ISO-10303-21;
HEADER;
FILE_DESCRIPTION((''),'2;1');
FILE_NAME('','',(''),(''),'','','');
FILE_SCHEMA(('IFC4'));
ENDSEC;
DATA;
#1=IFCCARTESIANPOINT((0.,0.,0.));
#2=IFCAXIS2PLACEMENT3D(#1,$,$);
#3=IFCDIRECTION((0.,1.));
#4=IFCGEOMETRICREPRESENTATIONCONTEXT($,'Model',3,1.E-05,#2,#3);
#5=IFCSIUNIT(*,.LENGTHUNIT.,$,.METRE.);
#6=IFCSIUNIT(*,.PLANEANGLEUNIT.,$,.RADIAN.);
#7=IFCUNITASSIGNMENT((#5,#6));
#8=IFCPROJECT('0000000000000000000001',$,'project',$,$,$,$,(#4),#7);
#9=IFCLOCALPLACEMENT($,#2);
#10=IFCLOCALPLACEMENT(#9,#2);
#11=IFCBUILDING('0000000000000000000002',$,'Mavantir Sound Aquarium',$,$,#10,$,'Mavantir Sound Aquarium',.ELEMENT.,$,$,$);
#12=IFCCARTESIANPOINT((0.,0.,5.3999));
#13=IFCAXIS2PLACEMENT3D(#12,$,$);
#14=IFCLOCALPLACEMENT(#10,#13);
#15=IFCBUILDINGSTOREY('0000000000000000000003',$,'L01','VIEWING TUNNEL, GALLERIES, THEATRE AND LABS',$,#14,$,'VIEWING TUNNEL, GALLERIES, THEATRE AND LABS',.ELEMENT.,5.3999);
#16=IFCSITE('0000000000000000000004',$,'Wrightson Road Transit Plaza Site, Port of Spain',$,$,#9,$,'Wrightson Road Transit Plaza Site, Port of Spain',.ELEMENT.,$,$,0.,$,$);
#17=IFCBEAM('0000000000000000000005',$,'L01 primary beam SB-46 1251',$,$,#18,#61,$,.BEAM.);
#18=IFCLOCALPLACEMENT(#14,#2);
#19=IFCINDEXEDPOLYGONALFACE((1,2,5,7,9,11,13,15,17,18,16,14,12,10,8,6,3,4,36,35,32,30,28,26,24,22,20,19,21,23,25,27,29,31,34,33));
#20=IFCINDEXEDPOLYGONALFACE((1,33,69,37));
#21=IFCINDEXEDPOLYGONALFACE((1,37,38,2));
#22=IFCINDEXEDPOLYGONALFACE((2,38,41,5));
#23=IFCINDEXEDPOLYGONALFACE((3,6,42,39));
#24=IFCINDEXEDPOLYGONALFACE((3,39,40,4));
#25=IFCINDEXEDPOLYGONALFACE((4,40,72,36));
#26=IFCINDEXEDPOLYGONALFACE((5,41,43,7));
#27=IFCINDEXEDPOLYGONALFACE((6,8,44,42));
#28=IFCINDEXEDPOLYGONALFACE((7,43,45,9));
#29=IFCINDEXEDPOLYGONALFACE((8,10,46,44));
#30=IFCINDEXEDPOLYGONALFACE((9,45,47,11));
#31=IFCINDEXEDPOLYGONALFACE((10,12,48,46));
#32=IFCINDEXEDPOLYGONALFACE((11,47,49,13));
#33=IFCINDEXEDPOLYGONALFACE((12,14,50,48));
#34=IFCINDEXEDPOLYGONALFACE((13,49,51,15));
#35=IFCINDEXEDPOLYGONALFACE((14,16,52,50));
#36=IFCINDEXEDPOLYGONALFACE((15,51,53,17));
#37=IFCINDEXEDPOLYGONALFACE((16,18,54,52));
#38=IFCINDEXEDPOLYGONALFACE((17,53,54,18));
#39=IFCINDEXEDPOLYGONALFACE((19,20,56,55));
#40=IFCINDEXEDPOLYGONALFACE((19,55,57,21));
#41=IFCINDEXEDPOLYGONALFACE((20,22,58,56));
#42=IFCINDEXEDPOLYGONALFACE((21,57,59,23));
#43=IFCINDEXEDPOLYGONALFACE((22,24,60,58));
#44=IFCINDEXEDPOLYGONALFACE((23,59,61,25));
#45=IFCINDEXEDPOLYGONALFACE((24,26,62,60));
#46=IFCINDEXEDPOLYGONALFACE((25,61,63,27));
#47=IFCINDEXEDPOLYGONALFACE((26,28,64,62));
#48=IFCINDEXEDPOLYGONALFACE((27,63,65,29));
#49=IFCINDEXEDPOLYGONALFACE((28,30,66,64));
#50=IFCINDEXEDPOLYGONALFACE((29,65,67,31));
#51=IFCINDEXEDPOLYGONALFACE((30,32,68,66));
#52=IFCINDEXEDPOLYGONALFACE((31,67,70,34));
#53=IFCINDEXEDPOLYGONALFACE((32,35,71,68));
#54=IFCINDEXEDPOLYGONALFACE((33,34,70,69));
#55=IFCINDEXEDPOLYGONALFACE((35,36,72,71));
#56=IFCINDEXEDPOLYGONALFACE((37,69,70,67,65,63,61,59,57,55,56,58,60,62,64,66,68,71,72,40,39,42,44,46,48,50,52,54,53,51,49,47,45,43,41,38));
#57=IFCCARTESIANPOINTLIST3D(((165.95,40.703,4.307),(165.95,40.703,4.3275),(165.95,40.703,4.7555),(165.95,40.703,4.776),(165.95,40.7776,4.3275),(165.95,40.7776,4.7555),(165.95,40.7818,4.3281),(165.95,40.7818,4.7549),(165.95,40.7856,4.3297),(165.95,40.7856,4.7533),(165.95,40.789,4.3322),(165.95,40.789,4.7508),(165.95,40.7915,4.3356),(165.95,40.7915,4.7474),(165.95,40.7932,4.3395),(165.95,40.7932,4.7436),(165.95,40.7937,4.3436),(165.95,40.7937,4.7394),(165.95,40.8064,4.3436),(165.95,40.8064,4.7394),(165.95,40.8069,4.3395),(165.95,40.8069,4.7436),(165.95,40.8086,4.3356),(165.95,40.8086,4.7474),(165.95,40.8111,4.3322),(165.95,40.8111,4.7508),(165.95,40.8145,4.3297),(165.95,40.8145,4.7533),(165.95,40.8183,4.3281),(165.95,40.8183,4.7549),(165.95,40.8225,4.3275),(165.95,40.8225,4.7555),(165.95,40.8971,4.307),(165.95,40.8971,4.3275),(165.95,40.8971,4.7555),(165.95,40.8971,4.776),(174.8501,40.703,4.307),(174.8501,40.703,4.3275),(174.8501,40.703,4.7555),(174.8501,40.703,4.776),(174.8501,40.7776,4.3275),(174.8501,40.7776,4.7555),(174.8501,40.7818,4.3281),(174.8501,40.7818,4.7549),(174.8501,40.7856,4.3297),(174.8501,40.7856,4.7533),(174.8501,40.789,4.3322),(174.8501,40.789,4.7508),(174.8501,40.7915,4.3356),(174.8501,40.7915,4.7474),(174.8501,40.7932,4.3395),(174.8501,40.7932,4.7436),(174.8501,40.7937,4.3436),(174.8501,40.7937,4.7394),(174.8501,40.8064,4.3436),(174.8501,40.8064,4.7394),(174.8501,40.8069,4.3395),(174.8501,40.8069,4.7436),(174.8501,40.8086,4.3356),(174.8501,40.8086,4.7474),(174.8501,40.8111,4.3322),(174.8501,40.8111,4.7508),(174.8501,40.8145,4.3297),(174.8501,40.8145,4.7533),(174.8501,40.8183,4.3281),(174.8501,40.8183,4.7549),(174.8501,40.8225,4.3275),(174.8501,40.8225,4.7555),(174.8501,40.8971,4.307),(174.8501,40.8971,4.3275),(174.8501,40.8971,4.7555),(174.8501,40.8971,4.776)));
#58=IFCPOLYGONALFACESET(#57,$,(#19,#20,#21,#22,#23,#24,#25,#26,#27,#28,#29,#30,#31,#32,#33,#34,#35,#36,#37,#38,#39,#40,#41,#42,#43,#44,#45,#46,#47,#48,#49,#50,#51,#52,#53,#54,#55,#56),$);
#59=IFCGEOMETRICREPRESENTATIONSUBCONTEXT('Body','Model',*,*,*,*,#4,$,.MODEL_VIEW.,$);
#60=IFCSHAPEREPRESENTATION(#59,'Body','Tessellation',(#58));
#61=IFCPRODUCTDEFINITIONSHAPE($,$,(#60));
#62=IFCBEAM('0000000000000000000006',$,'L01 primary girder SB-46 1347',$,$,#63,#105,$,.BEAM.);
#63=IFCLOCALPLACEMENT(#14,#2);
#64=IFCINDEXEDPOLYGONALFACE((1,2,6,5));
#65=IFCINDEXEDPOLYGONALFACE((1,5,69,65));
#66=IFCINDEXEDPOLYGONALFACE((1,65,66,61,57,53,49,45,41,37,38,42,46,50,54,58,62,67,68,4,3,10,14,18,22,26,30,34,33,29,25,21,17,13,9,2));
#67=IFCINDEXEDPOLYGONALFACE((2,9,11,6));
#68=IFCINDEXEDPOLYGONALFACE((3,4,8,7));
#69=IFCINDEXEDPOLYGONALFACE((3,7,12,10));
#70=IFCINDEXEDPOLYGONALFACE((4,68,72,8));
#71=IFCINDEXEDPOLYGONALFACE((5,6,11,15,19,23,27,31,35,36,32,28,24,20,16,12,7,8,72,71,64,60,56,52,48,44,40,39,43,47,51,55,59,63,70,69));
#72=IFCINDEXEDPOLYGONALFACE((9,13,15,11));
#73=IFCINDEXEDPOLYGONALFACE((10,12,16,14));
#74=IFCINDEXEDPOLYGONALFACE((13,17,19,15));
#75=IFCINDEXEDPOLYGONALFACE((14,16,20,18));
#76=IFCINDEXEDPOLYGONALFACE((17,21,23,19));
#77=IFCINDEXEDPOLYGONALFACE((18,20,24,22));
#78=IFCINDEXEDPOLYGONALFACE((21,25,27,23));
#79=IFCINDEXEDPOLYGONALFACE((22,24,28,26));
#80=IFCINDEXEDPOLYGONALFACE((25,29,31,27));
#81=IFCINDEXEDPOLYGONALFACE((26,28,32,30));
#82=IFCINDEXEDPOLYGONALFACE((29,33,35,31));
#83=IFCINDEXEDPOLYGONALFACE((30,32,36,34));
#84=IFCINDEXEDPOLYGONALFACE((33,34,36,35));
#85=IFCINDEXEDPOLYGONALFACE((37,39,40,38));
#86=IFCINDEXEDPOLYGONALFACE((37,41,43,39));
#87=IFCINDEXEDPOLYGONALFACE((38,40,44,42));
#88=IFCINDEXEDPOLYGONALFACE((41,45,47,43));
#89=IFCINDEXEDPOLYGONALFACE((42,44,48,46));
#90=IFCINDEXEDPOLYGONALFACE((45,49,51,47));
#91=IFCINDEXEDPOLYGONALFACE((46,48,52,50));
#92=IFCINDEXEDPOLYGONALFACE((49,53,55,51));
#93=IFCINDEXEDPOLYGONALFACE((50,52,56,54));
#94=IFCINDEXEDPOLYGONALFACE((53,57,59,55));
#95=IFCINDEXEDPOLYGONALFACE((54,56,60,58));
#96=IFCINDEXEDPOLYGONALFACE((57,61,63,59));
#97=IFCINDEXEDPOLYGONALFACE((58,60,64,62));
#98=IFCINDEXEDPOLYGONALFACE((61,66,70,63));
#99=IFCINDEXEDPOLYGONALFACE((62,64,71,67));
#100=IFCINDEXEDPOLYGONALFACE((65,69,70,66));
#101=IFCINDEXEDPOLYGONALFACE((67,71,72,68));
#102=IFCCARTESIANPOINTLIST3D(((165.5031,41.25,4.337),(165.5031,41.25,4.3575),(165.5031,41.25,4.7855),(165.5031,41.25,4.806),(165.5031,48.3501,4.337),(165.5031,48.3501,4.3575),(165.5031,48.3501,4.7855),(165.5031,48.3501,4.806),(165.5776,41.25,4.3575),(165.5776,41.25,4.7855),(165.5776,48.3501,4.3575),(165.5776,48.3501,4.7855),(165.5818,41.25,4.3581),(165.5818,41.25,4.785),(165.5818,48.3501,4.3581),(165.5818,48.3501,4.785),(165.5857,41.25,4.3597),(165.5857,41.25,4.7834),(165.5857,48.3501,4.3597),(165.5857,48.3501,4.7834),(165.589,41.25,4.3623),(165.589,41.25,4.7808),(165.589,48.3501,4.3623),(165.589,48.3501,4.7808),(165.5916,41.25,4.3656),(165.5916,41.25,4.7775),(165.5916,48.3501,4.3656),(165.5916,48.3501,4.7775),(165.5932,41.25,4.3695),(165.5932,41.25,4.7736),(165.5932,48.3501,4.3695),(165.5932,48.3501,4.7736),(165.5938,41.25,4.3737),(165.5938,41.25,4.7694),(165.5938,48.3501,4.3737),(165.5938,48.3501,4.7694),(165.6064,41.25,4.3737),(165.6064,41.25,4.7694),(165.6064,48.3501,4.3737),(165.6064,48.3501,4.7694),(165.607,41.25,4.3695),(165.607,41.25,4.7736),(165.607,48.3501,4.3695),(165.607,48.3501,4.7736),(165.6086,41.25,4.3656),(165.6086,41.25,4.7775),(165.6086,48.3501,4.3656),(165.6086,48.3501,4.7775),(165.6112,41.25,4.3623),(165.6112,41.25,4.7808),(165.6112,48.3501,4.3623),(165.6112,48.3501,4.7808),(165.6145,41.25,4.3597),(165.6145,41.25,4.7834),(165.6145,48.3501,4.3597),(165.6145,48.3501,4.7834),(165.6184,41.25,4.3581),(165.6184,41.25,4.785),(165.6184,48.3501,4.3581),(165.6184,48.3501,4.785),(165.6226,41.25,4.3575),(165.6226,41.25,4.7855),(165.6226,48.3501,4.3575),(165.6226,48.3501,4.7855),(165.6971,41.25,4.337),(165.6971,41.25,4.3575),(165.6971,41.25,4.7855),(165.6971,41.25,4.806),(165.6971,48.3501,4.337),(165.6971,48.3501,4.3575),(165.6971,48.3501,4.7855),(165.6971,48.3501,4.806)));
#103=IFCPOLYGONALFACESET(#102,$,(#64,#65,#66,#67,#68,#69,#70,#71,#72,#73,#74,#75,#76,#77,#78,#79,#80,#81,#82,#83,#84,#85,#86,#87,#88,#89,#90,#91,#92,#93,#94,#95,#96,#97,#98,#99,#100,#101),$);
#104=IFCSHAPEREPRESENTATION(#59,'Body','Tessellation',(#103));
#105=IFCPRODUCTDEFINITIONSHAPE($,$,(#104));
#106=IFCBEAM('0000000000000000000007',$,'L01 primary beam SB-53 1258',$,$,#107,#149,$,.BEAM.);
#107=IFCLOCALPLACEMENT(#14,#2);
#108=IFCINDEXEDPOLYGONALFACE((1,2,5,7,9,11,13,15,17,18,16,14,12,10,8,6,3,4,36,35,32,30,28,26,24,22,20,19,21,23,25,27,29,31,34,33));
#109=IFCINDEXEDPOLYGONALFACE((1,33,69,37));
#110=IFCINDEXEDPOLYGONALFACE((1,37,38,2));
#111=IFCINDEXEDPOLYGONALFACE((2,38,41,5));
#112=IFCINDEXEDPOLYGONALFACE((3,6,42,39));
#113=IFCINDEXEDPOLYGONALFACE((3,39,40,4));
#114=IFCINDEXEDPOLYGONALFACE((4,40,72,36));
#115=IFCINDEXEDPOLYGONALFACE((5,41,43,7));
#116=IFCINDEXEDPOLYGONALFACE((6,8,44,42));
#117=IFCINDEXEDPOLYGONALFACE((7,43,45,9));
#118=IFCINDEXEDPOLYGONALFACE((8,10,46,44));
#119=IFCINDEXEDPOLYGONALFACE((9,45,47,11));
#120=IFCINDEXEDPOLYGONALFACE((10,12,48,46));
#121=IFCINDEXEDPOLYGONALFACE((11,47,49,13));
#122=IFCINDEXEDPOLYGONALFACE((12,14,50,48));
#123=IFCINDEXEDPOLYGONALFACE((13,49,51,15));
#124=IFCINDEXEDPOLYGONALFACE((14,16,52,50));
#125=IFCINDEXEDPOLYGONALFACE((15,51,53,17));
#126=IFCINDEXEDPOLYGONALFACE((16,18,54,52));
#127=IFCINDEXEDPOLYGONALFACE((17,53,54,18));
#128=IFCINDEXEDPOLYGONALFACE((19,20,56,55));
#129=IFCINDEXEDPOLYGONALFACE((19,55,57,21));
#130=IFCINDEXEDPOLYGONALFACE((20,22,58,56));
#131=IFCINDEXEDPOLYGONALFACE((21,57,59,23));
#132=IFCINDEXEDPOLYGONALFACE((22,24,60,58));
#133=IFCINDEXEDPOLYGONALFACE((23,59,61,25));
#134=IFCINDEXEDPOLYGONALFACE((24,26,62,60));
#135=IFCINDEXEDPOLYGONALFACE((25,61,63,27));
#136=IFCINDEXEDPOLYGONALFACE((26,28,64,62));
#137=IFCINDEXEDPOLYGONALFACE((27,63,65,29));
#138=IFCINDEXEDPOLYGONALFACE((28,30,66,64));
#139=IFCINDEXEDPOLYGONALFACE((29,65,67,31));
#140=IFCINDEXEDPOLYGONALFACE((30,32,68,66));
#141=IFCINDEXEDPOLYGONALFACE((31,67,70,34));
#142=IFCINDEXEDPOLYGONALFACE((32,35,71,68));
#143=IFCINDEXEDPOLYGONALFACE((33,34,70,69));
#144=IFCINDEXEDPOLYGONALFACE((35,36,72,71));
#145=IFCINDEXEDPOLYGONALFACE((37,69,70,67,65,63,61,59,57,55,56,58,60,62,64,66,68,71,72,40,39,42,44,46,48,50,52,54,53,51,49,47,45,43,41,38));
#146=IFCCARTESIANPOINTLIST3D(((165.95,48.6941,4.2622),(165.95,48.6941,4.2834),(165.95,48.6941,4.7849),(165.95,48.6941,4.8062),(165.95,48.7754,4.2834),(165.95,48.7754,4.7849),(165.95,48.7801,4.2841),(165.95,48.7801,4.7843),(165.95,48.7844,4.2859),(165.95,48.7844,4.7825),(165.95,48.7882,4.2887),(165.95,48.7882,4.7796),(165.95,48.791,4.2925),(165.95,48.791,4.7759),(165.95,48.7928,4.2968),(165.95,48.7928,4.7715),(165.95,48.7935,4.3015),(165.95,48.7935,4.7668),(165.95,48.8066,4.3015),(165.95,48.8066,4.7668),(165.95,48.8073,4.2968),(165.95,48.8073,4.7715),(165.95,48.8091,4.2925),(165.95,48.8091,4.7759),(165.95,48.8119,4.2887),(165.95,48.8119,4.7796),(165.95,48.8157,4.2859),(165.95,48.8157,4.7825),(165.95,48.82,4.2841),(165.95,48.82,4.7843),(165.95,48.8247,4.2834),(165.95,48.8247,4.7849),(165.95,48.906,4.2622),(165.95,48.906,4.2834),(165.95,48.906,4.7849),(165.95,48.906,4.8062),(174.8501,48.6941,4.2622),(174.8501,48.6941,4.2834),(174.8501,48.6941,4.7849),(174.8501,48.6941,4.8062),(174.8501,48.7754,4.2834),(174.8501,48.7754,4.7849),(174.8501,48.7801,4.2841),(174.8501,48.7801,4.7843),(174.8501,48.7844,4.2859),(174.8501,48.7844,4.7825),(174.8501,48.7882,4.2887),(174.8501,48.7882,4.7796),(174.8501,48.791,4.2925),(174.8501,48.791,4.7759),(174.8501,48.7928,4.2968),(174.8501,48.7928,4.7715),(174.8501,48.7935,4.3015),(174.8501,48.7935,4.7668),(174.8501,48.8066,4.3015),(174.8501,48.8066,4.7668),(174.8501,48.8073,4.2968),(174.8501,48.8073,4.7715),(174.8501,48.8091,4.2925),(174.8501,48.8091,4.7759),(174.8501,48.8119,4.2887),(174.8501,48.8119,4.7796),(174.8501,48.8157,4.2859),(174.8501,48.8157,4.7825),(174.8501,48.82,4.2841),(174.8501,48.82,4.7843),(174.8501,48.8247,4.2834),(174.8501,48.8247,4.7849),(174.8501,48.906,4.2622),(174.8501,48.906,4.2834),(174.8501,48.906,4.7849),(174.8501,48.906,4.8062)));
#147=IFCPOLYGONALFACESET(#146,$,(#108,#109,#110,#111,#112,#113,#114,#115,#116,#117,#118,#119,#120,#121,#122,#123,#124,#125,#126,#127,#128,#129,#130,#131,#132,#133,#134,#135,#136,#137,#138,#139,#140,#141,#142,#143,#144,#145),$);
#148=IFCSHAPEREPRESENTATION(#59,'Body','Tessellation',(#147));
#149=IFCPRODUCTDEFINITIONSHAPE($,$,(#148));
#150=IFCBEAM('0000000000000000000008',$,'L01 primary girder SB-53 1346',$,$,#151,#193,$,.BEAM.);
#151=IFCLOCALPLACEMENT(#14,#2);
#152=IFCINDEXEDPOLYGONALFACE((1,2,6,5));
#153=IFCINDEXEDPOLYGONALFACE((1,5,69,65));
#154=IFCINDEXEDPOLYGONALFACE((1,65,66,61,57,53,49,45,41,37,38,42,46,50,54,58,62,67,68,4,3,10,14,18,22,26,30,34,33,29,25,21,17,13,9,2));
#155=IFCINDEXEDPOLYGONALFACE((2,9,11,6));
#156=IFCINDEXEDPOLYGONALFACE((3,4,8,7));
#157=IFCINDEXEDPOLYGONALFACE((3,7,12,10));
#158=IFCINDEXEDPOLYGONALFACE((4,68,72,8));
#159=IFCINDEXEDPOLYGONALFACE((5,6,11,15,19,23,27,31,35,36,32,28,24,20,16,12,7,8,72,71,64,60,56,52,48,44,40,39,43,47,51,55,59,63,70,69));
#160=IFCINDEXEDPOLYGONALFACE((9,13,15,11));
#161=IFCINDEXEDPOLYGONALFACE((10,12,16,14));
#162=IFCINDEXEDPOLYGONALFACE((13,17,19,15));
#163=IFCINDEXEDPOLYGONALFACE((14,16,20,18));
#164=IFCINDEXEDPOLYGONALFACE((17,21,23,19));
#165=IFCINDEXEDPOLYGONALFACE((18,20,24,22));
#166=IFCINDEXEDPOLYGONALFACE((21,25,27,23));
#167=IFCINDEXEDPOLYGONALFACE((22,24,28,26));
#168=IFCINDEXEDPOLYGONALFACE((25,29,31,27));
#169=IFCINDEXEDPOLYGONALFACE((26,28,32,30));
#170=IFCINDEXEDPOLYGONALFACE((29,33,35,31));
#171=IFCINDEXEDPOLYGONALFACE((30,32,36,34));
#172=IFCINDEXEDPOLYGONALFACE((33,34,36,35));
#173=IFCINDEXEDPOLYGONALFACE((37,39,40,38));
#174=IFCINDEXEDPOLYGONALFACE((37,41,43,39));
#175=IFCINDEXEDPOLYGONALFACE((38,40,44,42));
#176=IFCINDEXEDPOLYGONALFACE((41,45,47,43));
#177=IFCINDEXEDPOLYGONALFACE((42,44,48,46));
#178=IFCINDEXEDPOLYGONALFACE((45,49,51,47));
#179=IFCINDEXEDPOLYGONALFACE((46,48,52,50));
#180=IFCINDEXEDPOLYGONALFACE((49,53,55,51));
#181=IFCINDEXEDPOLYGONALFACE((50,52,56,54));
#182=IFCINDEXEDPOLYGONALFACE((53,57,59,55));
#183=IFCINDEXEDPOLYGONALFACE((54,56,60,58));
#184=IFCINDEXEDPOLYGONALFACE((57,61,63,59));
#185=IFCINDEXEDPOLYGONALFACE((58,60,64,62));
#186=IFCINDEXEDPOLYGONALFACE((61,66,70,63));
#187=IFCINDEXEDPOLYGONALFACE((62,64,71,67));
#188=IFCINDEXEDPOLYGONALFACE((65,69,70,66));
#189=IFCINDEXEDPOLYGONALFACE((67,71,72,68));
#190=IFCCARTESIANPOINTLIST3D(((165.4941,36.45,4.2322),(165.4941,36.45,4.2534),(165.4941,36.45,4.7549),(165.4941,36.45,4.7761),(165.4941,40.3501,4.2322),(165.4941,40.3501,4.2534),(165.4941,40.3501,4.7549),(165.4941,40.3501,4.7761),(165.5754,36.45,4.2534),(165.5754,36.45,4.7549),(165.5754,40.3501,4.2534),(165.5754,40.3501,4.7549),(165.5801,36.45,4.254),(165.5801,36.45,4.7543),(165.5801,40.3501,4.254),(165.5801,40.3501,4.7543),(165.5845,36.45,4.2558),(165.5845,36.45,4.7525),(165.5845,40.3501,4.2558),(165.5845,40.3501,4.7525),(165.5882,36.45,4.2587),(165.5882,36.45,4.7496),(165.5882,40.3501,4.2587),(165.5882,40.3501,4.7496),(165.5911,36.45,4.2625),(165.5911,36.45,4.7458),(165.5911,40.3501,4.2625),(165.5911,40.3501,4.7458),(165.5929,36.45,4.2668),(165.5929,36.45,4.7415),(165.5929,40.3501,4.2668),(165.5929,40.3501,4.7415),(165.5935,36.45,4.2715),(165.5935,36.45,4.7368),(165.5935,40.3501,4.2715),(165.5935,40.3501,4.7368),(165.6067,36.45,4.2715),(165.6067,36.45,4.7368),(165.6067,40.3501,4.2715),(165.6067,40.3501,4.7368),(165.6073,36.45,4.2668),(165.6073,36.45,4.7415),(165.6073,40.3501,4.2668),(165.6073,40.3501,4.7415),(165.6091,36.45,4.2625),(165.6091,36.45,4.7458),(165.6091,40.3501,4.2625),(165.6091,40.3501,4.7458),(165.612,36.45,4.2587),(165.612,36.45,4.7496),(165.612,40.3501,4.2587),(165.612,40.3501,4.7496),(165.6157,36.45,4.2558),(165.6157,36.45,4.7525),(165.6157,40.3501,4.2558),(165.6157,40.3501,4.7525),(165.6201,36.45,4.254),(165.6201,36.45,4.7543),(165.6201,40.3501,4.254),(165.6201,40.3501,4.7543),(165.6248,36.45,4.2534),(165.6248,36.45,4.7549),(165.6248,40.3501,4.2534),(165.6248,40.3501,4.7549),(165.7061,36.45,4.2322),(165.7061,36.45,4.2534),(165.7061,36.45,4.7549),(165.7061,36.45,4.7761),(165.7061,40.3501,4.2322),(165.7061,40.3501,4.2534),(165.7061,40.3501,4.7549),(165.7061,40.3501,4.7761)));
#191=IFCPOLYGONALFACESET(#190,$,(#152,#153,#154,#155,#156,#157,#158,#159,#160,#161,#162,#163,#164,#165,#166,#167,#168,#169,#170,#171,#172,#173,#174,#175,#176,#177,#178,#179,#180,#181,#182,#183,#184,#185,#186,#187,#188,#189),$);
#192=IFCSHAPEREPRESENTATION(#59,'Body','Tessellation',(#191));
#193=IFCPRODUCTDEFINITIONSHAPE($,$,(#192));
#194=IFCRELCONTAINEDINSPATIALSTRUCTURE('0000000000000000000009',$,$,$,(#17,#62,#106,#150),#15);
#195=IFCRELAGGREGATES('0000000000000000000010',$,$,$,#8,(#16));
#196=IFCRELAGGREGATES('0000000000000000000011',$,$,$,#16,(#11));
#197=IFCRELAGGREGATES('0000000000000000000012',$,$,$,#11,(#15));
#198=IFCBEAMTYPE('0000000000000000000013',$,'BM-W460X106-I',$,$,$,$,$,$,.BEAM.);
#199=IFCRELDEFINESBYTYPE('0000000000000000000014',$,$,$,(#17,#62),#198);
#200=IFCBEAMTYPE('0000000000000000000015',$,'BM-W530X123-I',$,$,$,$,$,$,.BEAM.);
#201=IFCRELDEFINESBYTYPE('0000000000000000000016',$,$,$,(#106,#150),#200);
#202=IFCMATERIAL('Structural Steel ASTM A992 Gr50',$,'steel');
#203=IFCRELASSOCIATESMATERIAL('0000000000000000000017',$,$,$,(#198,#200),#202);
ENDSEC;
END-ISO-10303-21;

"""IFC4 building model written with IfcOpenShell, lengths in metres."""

from ifc_helpers import new_model, si_unit, direction, frame, origin, origin_2d, place, context, subcontext, project, spatial, i_section, extrude, material, material_profile, profile_set, type_object, element, save


model = new_model("IFC4")

# Units and contexts
model_context = context("Model", 3, precision=1e-05, world=origin(), true_north=direction((0.0, 1.0)))
body_context = subcontext(model_context, "Body", "Model", "MODEL_VIEW")
ifc_project = project(units=[si_unit("LENGTHUNIT", "METRE"), si_unit("PLANEANGLEUNIT", "RADIAN")], contexts=[model_context])

# Site, building, storey
site_placement = place(None, origin())
site = spatial("IfcSite", under=ifc_project, at=site_placement, Name="Wrightson Road Transit Plaza Site, Port of Spain", LongName="Wrightson Road Transit Plaza Site, Port of Spain", CompositionType="ELEMENT", RefElevation=0.0)
building_placement = place(site_placement, origin())
building = spatial("IfcBuilding", under=site, at=building_placement, Name="Mavantir Sound Aquarium", LongName="Mavantir Sound Aquarium", CompositionType="ELEMENT")
storey_placement = place(building_placement, frame((0.0, 0.0, 5.3999)))
storey = spatial("IfcBuildingStorey", under=building, at=storey_placement, Name="L01", Description="VIEWING TUNNEL, GALLERIES, THEATRE AND LABS", LongName="VIEWING TUNNEL, GALLERIES, THEATRE AND LABS", CompositionType="ELEMENT", Elevation=5.3999)

# Beams
ifc_material_1 = material(Name="Structural Steel ASTM A992 Gr50", Category="steel")
ifc_material_profile_1 = material_profile(ifc_material_1, i_section(OverallWidth=0.1941, OverallDepth=0.469, WebThickness=0.0127, FlangeThickness=0.0205, FilletRadius=0.0161, at=origin_2d()), Name="W460X106")
ifc_profile_set_1 = profile_set([ifc_material_profile_1], Name="Structural Steel ASTM A992 Gr50")
beam_type_1 = type_object("IfcBeamType", Name="BM-W460X106-I", PredefinedType="BEAM", material=ifc_profile_set_1)
beam_1_placement = place(storey_placement, frame((165.95, 40.8, 4.5415), z_axis=(1.0, 0.0, 0.0), x_axis=(0.0, 1.0, 0.0)))
element("IfcBeam", 1, at=beam_1_placement, inside=storey, type_object=beam_type_1, Name="L01 primary beam SB-46 1251", PredefinedType="BEAM", context=body_context, shape_type="SweptSolid", body=[
    extrude(i_section(OverallWidth=0.1941, OverallDepth=0.469, WebThickness=0.0127, FlangeThickness=0.0205, FilletRadius=0.0161, at=origin_2d()), origin(), (0.0, 0.0, 1.0), 8.9001),
])
beam_2_placement = place(storey_placement, frame((165.6001, 41.25, 4.5715), z_axis=(0.0, 1.0, 0.0), x_axis=(-1.0, 0.0, 0.0)))
element("IfcBeam", 2, at=beam_2_placement, inside=storey, type_object=beam_type_1, Name="L01 primary girder SB-46 1347", PredefinedType="BEAM", context=body_context, shape_type="SweptSolid", body=[
    extrude(i_section(OverallWidth=0.1941, OverallDepth=0.469, WebThickness=0.0127, FlangeThickness=0.0205, FilletRadius=0.0161, at=origin_2d()), origin(), (0.0, 0.0, 1.0), 7.1001),
])
ifc_material_profile_2 = material_profile(ifc_material_1, i_section(OverallWidth=0.2119, OverallDepth=0.5439, WebThickness=0.0132, FlangeThickness=0.0212, FilletRadius=0.0181, at=origin_2d()), Name="W530X123")
ifc_profile_set_2 = profile_set([ifc_material_profile_2], Name="Structural Steel ASTM A992 Gr50")
beam_type_2 = type_object("IfcBeamType", Name="BM-W530X123-I", PredefinedType="BEAM", material=ifc_profile_set_2)
beam_3_placement = place(storey_placement, frame((165.95, 48.8, 4.5342), z_axis=(1.0, 0.0, 0.0), x_axis=(0.0, 1.0, 0.0)))
element("IfcBeam", 3, at=beam_3_placement, inside=storey, type_object=beam_type_2, Name="L01 primary beam SB-53 1258", PredefinedType="BEAM", context=body_context, shape_type="SweptSolid", body=[
    extrude(i_section(OverallWidth=0.2119, OverallDepth=0.5439, WebThickness=0.0132, FlangeThickness=0.0212, FilletRadius=0.0181, at=origin_2d()), origin(), (0.0, 0.0, 1.0), 8.9001),
])
beam_4_placement = place(storey_placement, frame((165.6001, 36.45, 4.5042), z_axis=(0.0, 1.0, 0.0), x_axis=(-1.0, 0.0, 0.0)))
element("IfcBeam", 4, at=beam_4_placement, inside=storey, type_object=beam_type_2, Name="L01 primary girder SB-53 1346", PredefinedType="BEAM", context=body_context, shape_type="SweptSolid", body=[
    extrude(i_section(OverallWidth=0.2119, OverallDepth=0.5439, WebThickness=0.0132, FlangeThickness=0.0212, FilletRadius=0.0181, at=origin_2d()), origin(), (0.0, 0.0, 1.0), 3.9001),
])

save(model, "model.ifc")
